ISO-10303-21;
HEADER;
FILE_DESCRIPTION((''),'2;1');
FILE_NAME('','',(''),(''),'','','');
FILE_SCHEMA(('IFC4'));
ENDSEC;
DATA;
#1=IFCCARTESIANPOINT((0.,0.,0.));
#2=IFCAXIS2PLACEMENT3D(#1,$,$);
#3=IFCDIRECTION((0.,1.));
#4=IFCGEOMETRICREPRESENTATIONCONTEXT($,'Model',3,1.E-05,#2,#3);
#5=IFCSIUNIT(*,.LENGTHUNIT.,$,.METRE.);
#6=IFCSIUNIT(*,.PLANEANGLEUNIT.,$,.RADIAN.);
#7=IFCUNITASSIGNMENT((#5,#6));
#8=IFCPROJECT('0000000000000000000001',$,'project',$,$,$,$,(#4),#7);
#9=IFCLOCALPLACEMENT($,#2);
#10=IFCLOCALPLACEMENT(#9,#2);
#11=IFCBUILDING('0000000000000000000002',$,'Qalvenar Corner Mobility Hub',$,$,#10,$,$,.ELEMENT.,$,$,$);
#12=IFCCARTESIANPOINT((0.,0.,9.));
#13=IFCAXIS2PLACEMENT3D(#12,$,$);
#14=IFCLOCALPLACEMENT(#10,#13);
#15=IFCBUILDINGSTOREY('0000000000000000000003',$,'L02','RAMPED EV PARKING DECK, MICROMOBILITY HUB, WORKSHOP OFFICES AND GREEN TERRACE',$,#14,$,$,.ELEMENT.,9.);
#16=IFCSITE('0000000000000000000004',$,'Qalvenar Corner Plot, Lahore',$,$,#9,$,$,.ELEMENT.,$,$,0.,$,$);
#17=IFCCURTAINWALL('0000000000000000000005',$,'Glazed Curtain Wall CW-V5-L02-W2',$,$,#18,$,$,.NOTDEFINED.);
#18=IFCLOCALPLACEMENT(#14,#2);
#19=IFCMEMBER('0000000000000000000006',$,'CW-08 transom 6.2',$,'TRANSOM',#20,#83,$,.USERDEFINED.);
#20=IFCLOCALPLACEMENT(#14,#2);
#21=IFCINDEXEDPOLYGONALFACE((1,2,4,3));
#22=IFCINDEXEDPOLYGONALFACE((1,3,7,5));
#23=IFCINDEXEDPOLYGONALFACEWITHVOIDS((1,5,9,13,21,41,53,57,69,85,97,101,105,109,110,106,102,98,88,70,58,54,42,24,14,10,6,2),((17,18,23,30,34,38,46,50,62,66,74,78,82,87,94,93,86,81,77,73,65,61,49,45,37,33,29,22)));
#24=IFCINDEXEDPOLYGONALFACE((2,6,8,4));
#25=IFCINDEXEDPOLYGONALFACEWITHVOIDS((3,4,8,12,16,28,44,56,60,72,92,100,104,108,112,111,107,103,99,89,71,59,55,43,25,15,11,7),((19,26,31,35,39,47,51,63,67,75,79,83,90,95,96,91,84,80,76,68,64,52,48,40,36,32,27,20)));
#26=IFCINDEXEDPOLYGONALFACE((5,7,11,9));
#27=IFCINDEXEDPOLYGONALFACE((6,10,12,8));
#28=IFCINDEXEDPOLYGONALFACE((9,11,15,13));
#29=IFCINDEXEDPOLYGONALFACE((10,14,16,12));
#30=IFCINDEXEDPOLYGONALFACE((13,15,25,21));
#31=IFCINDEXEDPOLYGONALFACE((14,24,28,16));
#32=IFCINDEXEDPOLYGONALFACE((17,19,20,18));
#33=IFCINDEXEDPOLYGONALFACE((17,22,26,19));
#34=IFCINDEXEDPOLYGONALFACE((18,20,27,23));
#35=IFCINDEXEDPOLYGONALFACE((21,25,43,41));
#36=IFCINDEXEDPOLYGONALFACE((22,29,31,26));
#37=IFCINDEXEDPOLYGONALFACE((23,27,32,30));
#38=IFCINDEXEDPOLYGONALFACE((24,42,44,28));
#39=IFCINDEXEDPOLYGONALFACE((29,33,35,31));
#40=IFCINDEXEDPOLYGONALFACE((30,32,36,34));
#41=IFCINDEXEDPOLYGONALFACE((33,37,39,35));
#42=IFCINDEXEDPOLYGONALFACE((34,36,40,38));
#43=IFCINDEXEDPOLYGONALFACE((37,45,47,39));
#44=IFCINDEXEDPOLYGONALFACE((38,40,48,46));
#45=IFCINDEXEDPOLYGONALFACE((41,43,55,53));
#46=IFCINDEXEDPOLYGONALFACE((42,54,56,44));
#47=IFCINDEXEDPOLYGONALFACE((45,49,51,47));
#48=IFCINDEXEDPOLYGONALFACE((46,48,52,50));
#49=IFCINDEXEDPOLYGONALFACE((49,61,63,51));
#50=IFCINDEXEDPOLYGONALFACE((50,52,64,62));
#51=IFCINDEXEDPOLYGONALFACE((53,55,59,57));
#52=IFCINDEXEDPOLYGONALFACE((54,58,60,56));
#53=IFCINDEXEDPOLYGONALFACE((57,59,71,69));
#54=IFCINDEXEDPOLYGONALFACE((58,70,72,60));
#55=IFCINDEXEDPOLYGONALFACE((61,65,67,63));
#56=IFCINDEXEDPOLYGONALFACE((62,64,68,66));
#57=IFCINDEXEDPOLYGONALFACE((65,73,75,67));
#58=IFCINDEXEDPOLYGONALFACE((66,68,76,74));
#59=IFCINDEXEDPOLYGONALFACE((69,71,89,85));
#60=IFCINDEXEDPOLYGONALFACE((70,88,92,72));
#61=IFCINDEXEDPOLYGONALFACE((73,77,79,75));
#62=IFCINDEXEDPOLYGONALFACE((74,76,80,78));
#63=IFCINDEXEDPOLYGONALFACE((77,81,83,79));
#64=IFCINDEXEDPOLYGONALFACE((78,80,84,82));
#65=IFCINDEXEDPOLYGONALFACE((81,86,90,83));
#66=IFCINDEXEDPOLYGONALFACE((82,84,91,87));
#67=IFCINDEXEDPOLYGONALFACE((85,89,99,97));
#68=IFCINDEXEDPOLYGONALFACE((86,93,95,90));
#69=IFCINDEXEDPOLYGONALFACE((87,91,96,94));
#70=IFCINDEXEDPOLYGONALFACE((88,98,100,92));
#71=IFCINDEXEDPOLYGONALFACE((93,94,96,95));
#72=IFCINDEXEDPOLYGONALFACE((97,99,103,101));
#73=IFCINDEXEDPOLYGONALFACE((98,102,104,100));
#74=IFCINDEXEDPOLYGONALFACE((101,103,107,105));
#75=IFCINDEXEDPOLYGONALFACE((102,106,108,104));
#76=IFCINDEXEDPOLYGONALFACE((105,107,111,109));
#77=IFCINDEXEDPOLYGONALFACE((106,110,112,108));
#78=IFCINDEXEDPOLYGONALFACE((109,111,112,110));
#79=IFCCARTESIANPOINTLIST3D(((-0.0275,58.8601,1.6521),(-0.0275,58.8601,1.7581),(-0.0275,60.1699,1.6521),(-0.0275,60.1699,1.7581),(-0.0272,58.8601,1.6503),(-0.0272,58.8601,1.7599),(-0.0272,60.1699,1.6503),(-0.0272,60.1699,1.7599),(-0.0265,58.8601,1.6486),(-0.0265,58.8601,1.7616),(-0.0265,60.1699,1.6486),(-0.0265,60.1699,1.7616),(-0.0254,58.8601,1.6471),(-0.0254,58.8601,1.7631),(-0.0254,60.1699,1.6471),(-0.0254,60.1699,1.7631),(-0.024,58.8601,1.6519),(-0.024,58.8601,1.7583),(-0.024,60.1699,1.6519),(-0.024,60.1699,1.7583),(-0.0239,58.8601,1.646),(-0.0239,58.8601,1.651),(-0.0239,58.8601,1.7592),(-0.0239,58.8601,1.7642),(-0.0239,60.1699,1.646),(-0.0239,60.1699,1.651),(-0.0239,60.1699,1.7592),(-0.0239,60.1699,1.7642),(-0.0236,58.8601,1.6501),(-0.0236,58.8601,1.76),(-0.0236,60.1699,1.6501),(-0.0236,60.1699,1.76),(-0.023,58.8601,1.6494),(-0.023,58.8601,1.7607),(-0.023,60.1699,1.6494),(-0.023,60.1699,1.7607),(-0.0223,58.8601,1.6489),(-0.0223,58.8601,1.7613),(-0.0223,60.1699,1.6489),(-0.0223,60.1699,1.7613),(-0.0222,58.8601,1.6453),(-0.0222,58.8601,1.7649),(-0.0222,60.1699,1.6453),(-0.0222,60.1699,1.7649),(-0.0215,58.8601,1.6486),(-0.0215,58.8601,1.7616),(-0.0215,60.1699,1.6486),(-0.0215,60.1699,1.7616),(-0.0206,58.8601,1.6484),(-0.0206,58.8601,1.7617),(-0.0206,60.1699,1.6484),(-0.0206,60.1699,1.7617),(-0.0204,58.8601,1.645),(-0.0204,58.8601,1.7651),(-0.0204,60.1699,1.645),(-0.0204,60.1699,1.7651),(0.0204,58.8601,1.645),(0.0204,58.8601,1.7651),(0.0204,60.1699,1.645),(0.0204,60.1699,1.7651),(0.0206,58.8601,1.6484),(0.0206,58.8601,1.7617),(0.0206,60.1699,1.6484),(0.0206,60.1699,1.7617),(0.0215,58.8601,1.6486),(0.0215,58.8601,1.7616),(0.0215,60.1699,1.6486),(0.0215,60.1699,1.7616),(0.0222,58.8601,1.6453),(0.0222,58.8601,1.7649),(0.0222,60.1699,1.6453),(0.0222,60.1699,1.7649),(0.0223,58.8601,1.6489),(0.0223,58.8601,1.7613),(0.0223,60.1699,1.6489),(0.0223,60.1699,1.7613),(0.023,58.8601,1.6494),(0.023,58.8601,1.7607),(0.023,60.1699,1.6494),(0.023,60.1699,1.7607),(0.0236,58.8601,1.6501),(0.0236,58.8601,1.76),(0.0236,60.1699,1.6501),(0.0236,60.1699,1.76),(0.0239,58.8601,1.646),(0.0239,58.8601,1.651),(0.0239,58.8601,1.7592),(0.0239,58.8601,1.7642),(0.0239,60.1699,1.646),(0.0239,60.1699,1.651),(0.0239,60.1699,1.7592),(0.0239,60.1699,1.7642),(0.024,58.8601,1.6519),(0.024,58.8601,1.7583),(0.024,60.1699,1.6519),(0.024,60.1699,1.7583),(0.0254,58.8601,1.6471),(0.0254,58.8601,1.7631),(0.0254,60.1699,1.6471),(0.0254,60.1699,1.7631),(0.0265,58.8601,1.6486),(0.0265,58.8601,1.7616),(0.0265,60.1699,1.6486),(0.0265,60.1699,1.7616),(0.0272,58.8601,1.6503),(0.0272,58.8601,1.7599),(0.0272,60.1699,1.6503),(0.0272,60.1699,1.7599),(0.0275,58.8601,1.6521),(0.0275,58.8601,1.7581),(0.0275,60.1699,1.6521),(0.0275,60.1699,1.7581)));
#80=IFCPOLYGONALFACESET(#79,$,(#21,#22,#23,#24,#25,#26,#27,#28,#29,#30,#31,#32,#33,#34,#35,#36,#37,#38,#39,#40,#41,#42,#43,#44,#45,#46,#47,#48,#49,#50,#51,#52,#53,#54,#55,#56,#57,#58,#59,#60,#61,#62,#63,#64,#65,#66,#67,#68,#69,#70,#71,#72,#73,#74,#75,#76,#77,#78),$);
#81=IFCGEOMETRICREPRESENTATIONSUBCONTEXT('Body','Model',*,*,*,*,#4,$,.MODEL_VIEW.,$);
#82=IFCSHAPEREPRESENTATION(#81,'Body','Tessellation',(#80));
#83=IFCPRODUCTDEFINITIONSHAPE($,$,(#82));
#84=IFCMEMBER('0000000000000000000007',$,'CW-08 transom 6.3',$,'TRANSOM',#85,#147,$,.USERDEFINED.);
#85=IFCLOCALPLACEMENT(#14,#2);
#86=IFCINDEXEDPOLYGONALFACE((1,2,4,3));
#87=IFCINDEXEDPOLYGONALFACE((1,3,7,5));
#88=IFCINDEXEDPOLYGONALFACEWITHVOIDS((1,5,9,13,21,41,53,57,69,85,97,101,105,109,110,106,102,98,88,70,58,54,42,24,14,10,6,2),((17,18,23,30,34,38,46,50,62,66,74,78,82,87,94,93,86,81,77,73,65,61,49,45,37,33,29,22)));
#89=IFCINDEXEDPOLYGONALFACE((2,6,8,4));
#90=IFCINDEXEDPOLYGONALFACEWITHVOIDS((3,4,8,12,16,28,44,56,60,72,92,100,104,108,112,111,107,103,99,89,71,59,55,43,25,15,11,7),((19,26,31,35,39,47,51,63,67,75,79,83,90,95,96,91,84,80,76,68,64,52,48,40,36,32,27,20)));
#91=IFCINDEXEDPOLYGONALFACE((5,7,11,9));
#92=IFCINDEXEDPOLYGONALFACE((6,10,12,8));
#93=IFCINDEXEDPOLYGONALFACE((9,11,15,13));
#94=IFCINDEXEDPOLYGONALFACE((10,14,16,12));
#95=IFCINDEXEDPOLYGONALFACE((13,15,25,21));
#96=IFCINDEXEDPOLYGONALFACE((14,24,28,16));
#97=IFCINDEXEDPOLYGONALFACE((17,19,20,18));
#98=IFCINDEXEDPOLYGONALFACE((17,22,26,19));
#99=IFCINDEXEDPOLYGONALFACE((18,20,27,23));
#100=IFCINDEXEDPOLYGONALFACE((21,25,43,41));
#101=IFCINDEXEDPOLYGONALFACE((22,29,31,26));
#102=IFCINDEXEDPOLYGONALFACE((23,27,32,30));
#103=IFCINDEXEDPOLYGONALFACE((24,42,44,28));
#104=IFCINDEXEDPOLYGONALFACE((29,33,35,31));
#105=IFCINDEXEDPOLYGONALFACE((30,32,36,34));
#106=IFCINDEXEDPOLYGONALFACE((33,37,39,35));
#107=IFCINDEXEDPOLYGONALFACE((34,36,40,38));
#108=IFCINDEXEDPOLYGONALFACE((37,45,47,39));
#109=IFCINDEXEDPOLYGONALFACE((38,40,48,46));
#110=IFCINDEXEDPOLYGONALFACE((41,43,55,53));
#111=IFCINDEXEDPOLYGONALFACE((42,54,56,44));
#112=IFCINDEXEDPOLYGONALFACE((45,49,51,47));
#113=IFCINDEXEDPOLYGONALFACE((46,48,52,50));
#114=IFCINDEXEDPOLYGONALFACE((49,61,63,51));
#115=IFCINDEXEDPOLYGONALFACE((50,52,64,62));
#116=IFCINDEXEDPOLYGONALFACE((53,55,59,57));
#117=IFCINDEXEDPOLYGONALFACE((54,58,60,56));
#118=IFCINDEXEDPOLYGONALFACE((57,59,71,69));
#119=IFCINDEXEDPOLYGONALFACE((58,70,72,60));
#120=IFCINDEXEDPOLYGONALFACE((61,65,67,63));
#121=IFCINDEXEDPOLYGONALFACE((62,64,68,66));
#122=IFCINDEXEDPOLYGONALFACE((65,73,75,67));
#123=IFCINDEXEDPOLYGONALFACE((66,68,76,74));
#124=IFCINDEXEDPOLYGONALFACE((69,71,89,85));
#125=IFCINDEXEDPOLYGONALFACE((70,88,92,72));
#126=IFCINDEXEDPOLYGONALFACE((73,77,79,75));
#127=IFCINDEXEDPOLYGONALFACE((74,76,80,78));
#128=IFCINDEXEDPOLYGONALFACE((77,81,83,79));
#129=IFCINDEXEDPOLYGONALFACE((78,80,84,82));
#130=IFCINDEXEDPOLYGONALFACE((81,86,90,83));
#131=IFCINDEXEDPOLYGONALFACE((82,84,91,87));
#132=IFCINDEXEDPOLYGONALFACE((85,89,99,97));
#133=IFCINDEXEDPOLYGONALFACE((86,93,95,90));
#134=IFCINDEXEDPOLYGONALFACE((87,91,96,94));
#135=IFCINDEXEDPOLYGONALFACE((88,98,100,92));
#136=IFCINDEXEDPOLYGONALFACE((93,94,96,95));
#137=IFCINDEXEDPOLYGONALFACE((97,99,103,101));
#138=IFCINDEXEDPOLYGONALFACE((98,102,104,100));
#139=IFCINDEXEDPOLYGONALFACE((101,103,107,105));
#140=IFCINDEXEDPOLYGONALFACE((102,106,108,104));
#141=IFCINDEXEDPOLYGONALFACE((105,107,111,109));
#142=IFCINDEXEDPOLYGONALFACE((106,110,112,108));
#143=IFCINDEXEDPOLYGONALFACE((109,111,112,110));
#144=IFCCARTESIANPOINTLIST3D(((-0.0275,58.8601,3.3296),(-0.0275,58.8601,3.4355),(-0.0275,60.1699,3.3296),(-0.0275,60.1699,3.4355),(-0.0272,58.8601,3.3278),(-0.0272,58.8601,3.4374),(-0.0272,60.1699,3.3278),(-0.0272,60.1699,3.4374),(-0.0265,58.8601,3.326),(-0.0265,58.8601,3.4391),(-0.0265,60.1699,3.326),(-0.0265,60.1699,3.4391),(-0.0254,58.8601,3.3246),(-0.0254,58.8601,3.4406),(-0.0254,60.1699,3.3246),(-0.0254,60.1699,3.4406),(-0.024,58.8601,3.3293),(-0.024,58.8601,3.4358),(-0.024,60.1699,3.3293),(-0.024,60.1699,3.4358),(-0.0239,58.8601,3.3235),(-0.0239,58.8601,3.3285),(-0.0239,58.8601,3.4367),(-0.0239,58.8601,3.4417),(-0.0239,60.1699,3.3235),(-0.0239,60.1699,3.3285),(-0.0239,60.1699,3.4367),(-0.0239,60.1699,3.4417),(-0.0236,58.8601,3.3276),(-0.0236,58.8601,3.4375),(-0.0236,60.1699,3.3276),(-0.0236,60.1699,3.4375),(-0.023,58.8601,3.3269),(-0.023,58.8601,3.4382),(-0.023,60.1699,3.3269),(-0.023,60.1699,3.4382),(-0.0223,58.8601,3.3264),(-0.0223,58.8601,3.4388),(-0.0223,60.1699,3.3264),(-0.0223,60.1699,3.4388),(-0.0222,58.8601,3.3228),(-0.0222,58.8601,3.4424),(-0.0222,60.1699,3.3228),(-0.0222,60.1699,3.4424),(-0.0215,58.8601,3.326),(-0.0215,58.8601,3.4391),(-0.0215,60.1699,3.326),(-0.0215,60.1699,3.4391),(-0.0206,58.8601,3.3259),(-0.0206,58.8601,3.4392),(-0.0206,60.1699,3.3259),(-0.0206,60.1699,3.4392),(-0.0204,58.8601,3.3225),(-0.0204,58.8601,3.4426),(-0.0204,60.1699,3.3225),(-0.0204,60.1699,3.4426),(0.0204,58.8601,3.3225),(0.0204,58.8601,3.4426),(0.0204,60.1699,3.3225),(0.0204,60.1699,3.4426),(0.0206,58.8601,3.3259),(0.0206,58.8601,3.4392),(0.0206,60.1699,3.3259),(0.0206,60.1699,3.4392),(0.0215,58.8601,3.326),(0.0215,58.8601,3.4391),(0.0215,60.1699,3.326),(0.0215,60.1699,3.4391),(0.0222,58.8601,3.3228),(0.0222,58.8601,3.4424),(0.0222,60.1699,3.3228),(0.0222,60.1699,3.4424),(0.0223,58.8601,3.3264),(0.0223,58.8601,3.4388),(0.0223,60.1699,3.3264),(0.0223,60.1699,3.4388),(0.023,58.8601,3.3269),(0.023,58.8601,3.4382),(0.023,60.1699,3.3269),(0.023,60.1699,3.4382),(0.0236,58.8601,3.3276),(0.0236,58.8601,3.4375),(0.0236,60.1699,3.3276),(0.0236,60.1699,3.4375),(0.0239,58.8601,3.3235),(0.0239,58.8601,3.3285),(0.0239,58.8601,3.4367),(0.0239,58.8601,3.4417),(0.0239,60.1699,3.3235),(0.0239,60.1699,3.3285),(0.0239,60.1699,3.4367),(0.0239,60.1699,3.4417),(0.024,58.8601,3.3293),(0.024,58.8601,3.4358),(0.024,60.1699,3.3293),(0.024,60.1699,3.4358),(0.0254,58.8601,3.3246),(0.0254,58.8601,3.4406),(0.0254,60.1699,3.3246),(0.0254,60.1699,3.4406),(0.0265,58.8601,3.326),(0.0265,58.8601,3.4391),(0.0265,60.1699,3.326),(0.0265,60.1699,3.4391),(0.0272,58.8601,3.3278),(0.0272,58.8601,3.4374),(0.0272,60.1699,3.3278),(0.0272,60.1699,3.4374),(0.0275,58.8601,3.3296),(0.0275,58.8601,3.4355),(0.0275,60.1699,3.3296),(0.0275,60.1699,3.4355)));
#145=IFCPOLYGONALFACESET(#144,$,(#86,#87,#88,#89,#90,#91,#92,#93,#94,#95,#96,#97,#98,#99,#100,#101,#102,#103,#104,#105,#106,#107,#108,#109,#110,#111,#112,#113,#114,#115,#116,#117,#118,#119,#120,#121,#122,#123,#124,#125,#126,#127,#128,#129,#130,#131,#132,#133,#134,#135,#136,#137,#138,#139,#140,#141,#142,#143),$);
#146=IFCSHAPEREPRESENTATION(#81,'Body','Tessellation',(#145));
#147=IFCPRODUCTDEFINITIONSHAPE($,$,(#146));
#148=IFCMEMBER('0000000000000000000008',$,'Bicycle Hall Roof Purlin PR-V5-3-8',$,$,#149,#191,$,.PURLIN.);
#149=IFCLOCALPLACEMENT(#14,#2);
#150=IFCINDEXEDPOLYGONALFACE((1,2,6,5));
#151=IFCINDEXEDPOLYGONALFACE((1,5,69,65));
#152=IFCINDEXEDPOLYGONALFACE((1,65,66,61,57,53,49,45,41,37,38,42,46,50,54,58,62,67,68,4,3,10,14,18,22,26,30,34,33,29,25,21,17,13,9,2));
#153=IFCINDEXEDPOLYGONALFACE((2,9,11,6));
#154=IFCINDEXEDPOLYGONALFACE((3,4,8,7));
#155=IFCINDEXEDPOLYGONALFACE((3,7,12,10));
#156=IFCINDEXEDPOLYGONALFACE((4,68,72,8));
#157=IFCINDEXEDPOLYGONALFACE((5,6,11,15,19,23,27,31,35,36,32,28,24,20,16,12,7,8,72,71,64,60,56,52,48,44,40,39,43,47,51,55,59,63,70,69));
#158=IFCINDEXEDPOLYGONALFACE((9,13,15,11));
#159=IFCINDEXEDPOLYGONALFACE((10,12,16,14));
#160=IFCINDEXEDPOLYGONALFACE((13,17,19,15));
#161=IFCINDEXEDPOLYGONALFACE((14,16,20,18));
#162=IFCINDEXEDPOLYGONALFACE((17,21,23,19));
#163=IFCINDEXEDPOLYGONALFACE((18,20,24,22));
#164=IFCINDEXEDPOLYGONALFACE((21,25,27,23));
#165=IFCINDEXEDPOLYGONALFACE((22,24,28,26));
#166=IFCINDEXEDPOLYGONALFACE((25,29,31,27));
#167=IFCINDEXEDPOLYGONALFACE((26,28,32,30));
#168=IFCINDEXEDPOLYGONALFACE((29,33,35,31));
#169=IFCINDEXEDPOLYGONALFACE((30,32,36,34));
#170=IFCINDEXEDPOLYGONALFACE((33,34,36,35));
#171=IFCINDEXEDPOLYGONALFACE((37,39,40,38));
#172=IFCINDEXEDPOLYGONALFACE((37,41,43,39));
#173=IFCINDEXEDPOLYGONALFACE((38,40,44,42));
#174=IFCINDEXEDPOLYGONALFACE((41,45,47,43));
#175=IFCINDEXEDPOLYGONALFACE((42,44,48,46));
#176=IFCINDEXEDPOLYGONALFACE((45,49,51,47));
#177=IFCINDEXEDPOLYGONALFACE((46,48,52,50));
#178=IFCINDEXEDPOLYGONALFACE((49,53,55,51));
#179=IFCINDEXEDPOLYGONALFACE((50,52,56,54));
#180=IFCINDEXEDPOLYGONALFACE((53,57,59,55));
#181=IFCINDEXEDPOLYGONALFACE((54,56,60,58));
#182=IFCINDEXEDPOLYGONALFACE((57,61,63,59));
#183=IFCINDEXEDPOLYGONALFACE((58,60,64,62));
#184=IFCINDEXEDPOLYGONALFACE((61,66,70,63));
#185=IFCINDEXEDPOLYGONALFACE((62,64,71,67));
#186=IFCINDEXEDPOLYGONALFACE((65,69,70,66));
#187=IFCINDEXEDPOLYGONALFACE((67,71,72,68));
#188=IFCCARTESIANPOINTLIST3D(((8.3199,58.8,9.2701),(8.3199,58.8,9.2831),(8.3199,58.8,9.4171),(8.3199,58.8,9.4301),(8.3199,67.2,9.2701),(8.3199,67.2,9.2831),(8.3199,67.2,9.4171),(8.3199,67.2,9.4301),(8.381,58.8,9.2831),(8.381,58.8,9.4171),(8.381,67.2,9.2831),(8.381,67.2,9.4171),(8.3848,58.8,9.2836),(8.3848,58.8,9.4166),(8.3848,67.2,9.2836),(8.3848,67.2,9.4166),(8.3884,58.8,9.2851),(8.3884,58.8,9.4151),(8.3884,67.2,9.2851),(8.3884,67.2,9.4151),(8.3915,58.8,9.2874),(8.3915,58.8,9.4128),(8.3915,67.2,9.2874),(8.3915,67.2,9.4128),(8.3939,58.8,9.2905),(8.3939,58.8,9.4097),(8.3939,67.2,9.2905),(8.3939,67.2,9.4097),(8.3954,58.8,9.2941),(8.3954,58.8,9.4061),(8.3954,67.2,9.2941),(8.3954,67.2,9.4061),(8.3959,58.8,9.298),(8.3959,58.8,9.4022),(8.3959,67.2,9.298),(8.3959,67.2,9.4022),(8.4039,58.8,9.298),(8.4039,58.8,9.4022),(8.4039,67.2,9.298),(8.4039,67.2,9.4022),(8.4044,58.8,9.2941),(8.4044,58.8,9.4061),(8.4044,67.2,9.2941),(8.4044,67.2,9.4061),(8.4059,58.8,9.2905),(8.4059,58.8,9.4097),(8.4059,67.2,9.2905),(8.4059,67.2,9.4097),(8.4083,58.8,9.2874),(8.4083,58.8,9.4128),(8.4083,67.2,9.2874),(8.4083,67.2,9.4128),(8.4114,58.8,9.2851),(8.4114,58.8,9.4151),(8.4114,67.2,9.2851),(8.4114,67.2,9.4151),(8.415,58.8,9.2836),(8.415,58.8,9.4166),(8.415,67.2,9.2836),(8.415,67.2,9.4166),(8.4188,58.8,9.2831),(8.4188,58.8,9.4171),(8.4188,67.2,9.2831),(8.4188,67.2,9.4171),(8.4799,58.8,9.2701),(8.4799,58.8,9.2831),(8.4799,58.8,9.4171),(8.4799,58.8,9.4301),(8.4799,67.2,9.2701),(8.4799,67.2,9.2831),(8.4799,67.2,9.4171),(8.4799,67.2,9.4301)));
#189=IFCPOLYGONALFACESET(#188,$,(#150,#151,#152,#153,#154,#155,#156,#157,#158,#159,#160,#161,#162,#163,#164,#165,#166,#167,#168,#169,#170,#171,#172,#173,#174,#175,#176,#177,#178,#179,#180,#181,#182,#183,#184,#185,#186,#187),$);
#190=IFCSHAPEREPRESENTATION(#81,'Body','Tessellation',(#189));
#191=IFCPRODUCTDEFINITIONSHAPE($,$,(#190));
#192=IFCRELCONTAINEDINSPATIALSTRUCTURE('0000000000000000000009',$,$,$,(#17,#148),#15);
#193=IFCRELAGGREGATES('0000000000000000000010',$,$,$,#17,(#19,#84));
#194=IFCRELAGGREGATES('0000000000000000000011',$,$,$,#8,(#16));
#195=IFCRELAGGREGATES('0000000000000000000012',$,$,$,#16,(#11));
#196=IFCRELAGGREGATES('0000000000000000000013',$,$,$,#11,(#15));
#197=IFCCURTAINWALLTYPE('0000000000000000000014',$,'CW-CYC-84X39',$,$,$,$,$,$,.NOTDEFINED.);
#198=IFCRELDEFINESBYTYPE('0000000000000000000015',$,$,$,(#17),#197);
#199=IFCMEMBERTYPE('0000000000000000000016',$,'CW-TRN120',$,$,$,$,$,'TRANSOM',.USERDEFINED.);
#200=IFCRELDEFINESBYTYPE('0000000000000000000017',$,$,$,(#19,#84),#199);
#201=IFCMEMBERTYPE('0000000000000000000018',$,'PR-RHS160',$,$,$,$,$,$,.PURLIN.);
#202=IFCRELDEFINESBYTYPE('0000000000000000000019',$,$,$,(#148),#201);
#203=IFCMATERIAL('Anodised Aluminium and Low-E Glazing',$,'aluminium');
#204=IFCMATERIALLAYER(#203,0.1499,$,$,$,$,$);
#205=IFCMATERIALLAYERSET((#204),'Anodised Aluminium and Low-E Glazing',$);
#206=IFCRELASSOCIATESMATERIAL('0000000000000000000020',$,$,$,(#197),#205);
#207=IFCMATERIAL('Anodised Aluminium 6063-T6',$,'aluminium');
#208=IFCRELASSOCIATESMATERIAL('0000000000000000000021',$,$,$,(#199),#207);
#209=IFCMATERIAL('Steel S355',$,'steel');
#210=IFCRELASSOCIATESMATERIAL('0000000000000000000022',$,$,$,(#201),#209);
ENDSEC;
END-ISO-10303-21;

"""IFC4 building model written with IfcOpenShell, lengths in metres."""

from ifc_helpers import new_model, si_unit, direction, frame, origin, origin_2d, place, context, subcontext, project, spatial, hollow_rectangle, i_section, extrude, material, layer, layer_set, material_profile, profile_set, type_object, element, aggregate, save


model = new_model("IFC4")

# Units and contexts
model_context = context("Model", 3, precision=1e-05, world=origin(), true_north=direction((0.0, 1.0)))
body_context = subcontext(model_context, "Body", "Model", "MODEL_VIEW")
ifc_project = project(units=[si_unit("LENGTHUNIT", "METRE"), si_unit("PLANEANGLEUNIT", "RADIAN")], contexts=[model_context])

# Site, building, storey
site_placement = place(None, origin())
site = spatial("IfcSite", under=ifc_project, at=site_placement, Name="Qalvenar Corner Plot, Lahore", CompositionType="ELEMENT", RefElevation=0.0)
building_placement = place(site_placement, origin())
building = spatial("IfcBuilding", under=site, at=building_placement, Name="Qalvenar Corner Mobility Hub", CompositionType="ELEMENT")
storey_placement = place(building_placement, frame((0.0, 0.0, 9.0)))
storey = spatial("IfcBuildingStorey", under=building, at=storey_placement, Name="L02", Description="RAMPED EV PARKING DECK, MICROMOBILITY HUB, WORKSHOP OFFICES AND GREEN TERRACE", CompositionType="ELEMENT", Elevation=9.0)

# Shared definitions
ifc_material_1 = material(Name="Steel S355", Category="steel")

# Curtain wall, members
ifc_material_2 = material(Name="Anodised Aluminium and Low-E Glazing", Category="aluminium")
ifc_layer_1 = layer(ifc_material_2, 0.1499)
ifc_layer_set_1 = layer_set([ifc_layer_1], Name="Anodised Aluminium and Low-E Glazing")
curtain_wall_type = type_object("IfcCurtainWallType", Name="CW-CYC-84X39", PredefinedType="NOTDEFINED", material=ifc_layer_set_1)
curtain_wall_placement = place(storey_placement, origin())
curtain_wall = element("IfcCurtainWall", 1, at=curtain_wall_placement, inside=storey, type_object=curtain_wall_type, Name="Glazed Curtain Wall CW-V5-L02-W2", PredefinedType="NOTDEFINED")
ifc_material_3 = material(Name="Anodised Aluminium 6063-T6", Category="aluminium")
ifc_material_profile_1 = material_profile(ifc_material_3, hollow_rectangle(XDim=0.0549, YDim=0.1201, WallThickness=0.0034, InnerFilletRadius=0.0034, OuterFilletRadius=0.0071, at=origin_2d()), Name="RHS120x55x3.5")
ifc_profile_set_1 = profile_set([ifc_material_profile_1], Name="Anodised Aluminium 6063-T6")
member_type_1 = type_object("IfcMemberType", Name="CW-TRN120", ElementType="TRANSOM", PredefinedType="USERDEFINED", material=ifc_profile_set_1)
member_1_placement = place(storey_placement, frame((0.0, 60.1699, 1.7051), z_axis=(0.0, -1.0, 0.0), x_axis=(1.0, 0.0, 0.0)))
member_1 = element("IfcMember", 2, at=member_1_placement, type_object=member_type_1, Name="CW-08 transom 6.2", ObjectType="TRANSOM", PredefinedType="USERDEFINED", context=body_context, shape_type="SweptSolid", body=[
    extrude(hollow_rectangle(XDim=0.0549, YDim=0.1201, WallThickness=0.0034, InnerFilletRadius=0.0034, OuterFilletRadius=0.0071, at=origin_2d()), origin(), (0.0, 0.0, 1.0), 1.3098),
])
member_2_placement = place(storey_placement, frame((0.0, 60.1699, 3.3826), z_axis=(0.0, -1.0, 0.0), x_axis=(1.0, 0.0, 0.0)))
member_2 = element("IfcMember", 3, at=member_2_placement, type_object=member_type_1, Name="CW-08 transom 6.3", ObjectType="TRANSOM", PredefinedType="USERDEFINED", context=body_context, shape_type="SweptSolid", body=[
    extrude(hollow_rectangle(XDim=0.0549, YDim=0.1201, WallThickness=0.0034, InnerFilletRadius=0.0034, OuterFilletRadius=0.0071, at=origin_2d()), origin(), (0.0, 0.0, 1.0), 1.3098),
])

# Member
ifc_material_profile_2 = material_profile(ifc_material_1, i_section(OverallWidth=0.1599, OverallDepth=0.1599, WebThickness=0.0081, FlangeThickness=0.0129, FilletRadius=0.0149, at=origin_2d()), Name="HEB160")
ifc_profile_set_2 = profile_set([ifc_material_profile_2], Name="Steel S355")
member_type_2 = type_object("IfcMemberType", Name="PR-RHS160", PredefinedType="PURLIN", material=ifc_profile_set_2)
member_3_placement = place(storey_placement, frame((8.3999, 58.8, 9.3501), z_axis=(0.0, 1.0, 0.0), x_axis=(-1.0, 0.0, 0.0)))
element("IfcMember", 4, at=member_3_placement, inside=storey, type_object=member_type_2, Name="Bicycle Hall Roof Purlin PR-V5-3-8", PredefinedType="PURLIN", context=body_context, shape_type="SweptSolid", body=[
    extrude(i_section(OverallWidth=0.1599, OverallDepth=0.1599, WebThickness=0.0081, FlangeThickness=0.0129, FilletRadius=0.0149, at=origin_2d()), origin(), (0.0, 0.0, 1.0), 8.3999),
])

aggregate(curtain_wall, [member_1, member_2])

save(model, "model.ifc")
